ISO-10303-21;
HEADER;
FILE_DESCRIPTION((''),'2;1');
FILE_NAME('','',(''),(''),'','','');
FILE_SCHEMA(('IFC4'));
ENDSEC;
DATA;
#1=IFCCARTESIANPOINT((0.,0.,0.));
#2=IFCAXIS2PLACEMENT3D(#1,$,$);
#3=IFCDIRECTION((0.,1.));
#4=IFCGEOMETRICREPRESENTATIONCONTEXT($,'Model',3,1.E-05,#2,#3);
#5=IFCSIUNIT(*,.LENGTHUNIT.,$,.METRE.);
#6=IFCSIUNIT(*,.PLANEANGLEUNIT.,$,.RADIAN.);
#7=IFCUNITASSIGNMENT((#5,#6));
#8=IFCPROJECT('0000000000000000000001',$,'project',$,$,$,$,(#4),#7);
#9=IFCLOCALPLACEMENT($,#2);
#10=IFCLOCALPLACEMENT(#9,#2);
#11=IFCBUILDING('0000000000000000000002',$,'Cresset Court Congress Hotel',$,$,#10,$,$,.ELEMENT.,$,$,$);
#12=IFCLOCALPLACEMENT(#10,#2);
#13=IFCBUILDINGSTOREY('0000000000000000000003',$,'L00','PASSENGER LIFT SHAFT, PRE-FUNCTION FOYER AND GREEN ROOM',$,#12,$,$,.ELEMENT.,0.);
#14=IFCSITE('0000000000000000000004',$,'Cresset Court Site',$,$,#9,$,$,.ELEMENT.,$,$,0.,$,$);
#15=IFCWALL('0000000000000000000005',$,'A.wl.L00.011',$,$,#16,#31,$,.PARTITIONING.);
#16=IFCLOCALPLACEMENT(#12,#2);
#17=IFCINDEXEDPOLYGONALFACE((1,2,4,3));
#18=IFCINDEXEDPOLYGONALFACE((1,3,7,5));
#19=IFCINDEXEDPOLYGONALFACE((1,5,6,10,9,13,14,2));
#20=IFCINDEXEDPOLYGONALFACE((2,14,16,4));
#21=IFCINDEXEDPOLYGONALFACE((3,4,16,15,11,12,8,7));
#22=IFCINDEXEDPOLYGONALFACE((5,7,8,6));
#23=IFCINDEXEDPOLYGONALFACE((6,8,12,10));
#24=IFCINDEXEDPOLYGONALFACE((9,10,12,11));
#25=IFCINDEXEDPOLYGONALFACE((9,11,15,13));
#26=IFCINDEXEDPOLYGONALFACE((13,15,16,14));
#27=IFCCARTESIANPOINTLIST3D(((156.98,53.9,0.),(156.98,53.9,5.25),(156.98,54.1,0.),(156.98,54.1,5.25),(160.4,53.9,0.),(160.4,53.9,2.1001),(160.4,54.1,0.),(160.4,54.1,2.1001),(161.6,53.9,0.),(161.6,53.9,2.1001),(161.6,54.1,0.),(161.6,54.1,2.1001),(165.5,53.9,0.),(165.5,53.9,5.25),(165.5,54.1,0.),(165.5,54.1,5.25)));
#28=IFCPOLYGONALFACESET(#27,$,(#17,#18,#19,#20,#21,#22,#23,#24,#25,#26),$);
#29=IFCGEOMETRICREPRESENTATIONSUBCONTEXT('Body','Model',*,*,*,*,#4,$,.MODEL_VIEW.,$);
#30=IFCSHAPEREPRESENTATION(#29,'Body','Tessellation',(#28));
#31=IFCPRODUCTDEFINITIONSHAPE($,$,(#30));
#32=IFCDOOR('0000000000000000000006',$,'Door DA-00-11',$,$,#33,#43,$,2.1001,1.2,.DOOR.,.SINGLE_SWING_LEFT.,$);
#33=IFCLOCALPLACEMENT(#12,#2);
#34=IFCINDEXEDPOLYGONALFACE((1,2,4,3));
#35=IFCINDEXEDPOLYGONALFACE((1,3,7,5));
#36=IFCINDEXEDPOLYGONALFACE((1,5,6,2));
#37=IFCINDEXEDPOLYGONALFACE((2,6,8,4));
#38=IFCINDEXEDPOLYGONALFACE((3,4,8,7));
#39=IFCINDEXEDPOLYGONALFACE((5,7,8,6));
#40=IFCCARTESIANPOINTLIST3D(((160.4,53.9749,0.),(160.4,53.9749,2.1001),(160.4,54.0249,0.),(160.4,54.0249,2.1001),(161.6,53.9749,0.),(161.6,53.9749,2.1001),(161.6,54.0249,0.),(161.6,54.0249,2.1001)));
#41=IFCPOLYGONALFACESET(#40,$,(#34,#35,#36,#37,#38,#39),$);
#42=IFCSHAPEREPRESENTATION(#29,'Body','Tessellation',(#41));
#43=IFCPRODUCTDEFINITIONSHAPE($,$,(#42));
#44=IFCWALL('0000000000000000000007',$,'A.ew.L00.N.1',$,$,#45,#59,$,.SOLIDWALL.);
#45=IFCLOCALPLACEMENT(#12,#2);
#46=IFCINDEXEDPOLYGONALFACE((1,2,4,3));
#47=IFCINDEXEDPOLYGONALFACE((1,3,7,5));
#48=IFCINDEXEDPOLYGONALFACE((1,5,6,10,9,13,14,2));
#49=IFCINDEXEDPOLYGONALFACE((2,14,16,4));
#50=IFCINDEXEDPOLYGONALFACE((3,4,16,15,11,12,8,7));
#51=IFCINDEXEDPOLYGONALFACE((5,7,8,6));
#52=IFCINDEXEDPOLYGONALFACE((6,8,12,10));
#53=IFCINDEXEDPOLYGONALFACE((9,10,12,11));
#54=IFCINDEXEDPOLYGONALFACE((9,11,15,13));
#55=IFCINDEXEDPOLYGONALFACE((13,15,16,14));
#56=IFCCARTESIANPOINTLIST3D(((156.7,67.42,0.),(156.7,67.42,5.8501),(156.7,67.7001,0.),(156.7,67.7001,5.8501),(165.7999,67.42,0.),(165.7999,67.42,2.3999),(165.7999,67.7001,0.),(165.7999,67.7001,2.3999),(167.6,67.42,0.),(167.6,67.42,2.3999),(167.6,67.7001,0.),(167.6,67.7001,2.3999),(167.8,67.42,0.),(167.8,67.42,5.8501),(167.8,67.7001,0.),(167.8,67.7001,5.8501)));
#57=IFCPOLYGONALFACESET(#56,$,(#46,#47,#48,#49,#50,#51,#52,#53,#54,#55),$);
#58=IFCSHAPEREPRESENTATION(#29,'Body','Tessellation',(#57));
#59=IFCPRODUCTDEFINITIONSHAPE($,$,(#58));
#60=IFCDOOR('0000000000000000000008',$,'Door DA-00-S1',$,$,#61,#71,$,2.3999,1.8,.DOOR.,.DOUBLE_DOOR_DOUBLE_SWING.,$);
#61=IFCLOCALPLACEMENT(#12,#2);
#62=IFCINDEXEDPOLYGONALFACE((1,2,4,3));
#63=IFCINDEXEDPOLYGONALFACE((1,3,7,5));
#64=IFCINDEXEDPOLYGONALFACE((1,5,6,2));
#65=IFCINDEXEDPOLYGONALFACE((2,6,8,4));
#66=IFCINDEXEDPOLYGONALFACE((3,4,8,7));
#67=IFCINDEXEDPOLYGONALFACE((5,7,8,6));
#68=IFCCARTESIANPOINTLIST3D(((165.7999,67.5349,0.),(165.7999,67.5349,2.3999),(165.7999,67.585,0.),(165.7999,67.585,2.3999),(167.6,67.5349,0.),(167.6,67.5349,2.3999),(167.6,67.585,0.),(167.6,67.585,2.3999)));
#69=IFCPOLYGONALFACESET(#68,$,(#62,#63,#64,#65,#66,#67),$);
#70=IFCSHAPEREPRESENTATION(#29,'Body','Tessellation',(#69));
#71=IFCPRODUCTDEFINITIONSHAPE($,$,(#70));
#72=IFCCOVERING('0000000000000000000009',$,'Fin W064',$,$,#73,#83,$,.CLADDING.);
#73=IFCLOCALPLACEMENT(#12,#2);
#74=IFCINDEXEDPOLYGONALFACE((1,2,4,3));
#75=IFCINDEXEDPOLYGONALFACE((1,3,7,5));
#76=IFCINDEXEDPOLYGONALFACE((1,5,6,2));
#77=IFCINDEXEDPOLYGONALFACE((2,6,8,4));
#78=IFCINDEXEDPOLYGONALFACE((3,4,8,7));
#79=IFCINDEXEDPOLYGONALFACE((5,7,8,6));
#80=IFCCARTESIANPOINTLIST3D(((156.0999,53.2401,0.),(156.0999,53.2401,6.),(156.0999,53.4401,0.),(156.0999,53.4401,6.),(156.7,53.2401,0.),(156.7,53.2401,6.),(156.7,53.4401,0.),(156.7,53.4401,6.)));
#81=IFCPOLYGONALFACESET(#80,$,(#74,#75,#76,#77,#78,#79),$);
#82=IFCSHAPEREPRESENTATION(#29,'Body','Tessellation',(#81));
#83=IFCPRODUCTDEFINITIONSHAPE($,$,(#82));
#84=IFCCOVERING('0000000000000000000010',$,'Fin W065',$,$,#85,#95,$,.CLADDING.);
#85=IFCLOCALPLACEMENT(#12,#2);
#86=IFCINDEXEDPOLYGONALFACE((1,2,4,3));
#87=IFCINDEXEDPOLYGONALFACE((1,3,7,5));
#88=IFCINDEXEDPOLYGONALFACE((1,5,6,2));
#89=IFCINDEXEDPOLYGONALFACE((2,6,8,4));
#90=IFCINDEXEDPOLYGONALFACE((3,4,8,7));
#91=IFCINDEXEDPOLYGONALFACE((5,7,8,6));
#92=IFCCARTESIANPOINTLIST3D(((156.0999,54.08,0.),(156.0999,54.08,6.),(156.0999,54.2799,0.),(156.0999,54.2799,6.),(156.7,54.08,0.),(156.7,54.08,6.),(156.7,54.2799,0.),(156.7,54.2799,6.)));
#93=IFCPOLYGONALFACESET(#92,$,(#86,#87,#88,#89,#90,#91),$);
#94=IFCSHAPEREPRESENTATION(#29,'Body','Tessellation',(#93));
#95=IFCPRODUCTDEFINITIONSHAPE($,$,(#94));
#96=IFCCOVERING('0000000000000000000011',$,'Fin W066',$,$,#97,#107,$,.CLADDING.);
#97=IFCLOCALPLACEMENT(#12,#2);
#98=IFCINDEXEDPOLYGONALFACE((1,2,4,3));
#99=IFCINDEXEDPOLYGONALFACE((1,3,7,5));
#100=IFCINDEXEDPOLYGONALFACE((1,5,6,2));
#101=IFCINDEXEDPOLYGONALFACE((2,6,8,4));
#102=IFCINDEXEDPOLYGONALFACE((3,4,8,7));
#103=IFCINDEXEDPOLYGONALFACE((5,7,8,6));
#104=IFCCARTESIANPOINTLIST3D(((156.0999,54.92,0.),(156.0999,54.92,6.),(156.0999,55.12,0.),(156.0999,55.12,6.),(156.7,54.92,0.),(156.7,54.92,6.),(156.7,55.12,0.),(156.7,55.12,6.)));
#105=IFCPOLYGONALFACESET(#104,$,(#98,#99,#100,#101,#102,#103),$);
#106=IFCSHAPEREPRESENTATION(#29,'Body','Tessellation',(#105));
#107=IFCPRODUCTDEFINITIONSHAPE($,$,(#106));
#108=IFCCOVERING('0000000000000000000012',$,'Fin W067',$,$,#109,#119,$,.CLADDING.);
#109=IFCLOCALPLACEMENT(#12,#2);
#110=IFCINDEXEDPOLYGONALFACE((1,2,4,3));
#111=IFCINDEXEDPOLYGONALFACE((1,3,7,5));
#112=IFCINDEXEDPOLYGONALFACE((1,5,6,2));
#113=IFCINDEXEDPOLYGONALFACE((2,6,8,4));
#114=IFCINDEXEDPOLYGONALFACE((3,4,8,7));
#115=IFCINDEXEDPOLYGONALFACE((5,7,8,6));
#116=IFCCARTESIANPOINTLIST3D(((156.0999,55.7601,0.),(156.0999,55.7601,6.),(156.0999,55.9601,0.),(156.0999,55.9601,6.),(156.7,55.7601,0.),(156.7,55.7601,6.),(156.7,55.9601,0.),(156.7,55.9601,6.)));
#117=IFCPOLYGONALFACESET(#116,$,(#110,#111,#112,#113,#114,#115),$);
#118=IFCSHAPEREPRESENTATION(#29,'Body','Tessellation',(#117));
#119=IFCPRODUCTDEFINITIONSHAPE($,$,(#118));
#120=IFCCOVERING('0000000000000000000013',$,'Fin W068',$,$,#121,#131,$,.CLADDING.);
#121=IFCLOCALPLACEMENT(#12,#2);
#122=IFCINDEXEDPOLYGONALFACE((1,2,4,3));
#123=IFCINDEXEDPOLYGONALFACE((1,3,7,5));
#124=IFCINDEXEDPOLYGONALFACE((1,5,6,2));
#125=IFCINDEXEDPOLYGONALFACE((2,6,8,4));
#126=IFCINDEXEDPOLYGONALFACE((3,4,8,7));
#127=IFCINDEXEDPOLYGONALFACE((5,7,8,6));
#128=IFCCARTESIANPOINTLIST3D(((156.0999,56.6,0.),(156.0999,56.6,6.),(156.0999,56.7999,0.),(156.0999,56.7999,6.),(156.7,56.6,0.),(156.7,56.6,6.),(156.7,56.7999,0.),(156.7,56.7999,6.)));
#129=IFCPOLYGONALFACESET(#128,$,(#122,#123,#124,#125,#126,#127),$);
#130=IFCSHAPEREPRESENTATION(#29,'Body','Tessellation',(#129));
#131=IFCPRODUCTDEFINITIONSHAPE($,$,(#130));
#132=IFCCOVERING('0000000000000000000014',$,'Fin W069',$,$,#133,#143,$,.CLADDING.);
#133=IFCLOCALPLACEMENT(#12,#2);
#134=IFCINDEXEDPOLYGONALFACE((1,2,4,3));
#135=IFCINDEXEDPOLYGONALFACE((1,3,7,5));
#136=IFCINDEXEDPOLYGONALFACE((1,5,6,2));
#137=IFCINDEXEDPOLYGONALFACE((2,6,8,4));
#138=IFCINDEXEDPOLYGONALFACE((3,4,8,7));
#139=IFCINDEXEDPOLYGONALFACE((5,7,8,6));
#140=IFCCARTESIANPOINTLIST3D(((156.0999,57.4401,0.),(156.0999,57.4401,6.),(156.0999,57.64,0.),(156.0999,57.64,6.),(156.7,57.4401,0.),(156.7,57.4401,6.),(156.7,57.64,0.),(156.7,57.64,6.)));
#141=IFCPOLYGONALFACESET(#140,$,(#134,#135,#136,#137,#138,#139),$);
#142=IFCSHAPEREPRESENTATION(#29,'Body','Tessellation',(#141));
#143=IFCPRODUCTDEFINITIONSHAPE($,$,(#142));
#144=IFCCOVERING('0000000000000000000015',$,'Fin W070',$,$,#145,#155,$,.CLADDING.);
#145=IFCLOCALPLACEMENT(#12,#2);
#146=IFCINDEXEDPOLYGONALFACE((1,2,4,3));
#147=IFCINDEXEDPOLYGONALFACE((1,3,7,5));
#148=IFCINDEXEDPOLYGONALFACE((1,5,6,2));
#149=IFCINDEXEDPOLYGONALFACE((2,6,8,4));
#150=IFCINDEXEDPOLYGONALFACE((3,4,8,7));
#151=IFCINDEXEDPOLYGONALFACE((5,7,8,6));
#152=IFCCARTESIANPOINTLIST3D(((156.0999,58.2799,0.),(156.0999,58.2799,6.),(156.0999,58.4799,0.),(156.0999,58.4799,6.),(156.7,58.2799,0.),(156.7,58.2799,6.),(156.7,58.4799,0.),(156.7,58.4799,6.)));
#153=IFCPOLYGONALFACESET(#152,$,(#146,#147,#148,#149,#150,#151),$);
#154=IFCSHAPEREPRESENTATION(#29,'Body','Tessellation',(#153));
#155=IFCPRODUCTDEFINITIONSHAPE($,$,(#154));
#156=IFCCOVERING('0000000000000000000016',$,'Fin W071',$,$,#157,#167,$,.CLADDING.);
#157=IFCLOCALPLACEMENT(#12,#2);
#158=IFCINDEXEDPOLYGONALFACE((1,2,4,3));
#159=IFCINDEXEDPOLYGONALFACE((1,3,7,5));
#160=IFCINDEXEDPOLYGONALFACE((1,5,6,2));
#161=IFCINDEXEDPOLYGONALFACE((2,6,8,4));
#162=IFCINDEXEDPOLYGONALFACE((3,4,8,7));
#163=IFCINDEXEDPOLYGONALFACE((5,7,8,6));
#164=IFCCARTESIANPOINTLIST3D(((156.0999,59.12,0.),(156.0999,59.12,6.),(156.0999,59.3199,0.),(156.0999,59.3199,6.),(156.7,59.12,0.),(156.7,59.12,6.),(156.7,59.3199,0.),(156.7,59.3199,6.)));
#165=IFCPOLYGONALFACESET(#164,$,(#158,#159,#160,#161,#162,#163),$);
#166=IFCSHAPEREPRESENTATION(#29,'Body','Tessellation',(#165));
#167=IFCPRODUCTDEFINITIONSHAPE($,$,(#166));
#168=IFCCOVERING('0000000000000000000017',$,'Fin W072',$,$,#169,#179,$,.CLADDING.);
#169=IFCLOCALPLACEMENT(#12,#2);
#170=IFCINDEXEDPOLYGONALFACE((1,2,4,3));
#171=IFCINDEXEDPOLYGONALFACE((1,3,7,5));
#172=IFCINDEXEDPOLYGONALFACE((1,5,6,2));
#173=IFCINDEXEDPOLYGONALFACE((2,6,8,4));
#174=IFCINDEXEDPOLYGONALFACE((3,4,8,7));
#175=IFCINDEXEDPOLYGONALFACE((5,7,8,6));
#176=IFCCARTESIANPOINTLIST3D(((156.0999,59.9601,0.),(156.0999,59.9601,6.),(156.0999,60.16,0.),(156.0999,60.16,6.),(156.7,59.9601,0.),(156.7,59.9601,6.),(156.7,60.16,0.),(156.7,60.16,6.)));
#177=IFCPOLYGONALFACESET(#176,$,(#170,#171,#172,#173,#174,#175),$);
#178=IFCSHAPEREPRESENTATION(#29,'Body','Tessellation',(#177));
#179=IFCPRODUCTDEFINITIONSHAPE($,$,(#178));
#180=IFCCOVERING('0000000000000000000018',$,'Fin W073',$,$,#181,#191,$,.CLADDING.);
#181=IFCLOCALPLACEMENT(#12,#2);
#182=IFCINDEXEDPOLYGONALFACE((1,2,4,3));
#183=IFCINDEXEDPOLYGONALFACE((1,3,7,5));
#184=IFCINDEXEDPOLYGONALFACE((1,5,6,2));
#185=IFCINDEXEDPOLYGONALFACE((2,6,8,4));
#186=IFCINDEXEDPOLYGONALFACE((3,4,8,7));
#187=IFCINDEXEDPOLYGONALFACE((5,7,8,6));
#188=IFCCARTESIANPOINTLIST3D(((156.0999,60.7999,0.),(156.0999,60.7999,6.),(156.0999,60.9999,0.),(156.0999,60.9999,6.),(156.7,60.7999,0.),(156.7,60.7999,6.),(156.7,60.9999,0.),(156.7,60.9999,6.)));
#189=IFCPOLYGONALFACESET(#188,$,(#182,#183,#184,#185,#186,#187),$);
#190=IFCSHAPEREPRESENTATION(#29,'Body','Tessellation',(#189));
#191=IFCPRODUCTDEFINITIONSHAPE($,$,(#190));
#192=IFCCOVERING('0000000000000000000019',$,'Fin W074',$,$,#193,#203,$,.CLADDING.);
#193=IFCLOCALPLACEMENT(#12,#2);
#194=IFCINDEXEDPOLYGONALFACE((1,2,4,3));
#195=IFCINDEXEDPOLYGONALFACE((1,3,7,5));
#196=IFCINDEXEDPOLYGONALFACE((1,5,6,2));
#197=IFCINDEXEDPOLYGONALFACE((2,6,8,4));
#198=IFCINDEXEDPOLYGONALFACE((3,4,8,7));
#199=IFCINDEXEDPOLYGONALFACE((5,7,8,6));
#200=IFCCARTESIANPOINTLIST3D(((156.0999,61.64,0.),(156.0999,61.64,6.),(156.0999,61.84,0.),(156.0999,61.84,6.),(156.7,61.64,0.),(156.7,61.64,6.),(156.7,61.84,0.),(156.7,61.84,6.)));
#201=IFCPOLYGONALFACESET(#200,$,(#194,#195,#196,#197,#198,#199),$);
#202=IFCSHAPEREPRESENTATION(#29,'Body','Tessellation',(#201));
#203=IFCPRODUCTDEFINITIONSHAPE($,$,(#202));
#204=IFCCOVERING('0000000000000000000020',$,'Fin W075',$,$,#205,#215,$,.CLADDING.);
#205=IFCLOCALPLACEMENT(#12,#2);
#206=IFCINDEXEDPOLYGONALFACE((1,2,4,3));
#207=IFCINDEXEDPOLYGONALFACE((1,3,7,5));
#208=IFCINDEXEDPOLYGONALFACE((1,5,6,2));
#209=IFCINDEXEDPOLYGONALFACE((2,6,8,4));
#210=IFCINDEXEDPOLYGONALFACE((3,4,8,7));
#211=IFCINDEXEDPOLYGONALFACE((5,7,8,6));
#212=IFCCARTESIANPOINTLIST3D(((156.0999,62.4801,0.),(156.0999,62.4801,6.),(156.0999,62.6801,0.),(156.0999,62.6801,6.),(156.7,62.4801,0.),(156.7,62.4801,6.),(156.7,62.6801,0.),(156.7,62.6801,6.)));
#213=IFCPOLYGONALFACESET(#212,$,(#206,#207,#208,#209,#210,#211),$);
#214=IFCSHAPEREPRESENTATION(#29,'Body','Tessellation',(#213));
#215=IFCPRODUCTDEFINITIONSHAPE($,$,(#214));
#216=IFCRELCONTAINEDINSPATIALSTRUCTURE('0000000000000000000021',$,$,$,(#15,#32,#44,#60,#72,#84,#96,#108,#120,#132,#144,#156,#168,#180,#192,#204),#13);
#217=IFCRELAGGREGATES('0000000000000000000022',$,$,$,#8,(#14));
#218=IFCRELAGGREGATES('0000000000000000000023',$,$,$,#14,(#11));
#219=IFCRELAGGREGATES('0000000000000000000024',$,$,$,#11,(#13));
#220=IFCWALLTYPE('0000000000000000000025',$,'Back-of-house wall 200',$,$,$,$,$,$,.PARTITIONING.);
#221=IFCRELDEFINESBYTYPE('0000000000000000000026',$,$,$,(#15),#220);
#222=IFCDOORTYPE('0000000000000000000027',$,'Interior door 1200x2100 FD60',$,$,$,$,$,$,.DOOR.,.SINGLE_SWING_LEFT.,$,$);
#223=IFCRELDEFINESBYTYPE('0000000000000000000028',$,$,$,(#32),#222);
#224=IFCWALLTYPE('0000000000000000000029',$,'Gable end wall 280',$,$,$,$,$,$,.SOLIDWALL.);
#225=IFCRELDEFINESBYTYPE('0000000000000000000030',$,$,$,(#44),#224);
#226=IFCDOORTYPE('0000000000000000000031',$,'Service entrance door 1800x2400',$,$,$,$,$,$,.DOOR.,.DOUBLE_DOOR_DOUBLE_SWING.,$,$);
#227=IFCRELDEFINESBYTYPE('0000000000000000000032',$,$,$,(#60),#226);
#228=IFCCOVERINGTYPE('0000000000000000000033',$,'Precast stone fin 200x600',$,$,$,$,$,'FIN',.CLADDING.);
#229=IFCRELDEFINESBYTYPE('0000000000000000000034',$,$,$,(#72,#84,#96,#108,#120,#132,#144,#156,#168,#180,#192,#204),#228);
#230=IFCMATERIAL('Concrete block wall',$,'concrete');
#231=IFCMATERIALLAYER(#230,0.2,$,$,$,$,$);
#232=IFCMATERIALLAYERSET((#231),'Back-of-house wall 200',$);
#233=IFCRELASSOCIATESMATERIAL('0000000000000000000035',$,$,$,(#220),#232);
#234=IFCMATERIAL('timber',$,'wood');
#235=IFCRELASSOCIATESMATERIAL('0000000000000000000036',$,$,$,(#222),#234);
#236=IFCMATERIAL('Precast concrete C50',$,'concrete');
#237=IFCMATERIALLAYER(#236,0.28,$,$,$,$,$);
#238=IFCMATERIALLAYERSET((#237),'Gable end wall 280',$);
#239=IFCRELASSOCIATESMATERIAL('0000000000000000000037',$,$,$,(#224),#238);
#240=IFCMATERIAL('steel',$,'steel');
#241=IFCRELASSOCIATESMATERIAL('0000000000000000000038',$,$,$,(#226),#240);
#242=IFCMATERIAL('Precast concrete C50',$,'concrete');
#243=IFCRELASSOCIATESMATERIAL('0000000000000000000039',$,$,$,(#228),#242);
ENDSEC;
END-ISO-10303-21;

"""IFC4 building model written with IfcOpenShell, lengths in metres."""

from ifc_helpers import new_model, si_unit, direction, frame, frame_2d, origin, origin_2d, place, context, subcontext, project, spatial, rectangle, extrude, material, layer, layer_set, type_object, element, fill, save


model = new_model("IFC4")

# Units and contexts
model_context = context("Model", 3, precision=1e-05, world=origin(), true_north=direction((0.0, 1.0)))
body_context = subcontext(model_context, "Body", "Model", "MODEL_VIEW")
ifc_project = project(units=[si_unit("LENGTHUNIT", "METRE"), si_unit("PLANEANGLEUNIT", "RADIAN")], contexts=[model_context])

# Site, building, storey
site_placement = place(None, origin())
site = spatial("IfcSite", under=ifc_project, at=site_placement, Name="Cresset Court Site", CompositionType="ELEMENT", RefElevation=0.0)
building_placement = place(site_placement, origin())
building = spatial("IfcBuilding", under=site, at=building_placement, Name="Cresset Court Congress Hotel", CompositionType="ELEMENT")
storey_placement = place(building_placement, origin())
storey = spatial("IfcBuildingStorey", under=building, at=storey_placement, Name="L00", Description="PASSENGER LIFT SHAFT, PRE-FUNCTION FOYER AND GREEN ROOM", CompositionType="ELEMENT", Elevation=0.0)

# Walls, openings, doors
ifc_material_1 = material(Name="Concrete block wall", Category="concrete")
ifc_layer_1 = layer(ifc_material_1, 0.2)
ifc_layer_set_1 = layer_set([ifc_layer_1], Name="Back-of-house wall 200")
wall_type_1 = type_object("IfcWallType", Name="Back-of-house wall 200", PredefinedType="PARTITIONING", material=ifc_layer_set_1)
wall_1_placement = place(storey_placement, frame((156.98, 54.0, 0.0), z_axis=(0.0, 0.0, 1.0), x_axis=(1.0, 0.0, 0.0)))
wall_1 = element("IfcWall", 1, at=wall_1_placement, inside=storey, type_object=wall_type_1, Name="A.wl.L00.011", PredefinedType="PARTITIONING", context=body_context, shape_type="SweptSolid", body=[
    extrude(rectangle(XDim=8.52, YDim=0.2, at=frame_2d((4.26, 0.0))), origin(), (0.0, 0.0, 1.0), 5.25),
])
opening_1_placement = place(wall_1_placement, frame((3.4199, 0.0, 0.0)))
opening_1 = element("IfcOpeningElement", 2, at=opening_1_placement, cuts=wall_1, PredefinedType="OPENING", context=body_context, shape_type="SweptSolid", body=[
    extrude(rectangle(XDim=1.2, YDim=2.1001, at=frame_2d((0.6001, 1.05))), frame((0.0, 0.1099, 0.0), z_axis=(0.0, -1.0, 0.0), x_axis=(1.0, 0.0, 0.0)), (0.0, 0.0, 1.0), 0.22),
])
ifc_material_2 = material(Name="timber", Category="wood")
door_type_1 = type_object("IfcDoorType", Name="Interior door 1200x2100 FD60", OperationType="SINGLE_SWING_LEFT", PredefinedType="DOOR", material=ifc_material_2)
door_1_placement = place(opening_1_placement, origin())
door_1 = element("IfcDoor", 3, at=door_1_placement, inside=storey, type_object=door_type_1, Name="Door DA-00-11", OperationType="SINGLE_SWING_LEFT", OverallHeight=2.1001, OverallWidth=1.2, PredefinedType="DOOR", context=body_context, shape_type="SweptSolid", body=[
    extrude(rectangle(XDim=1.2, YDim=2.1001, at=frame_2d((0.6001, 1.05))), frame((0.0, 0.0249, 0.0), z_axis=(0.0, -1.0, 0.0), x_axis=(1.0, 0.0, 0.0)), (0.0, 0.0, 1.0), 0.05),
])
fill(opening_1, door_1)
ifc_material_3 = material(Name="Precast concrete C50", Category="concrete")
ifc_layer_2 = layer(ifc_material_3, 0.28)
ifc_layer_set_2 = layer_set([ifc_layer_2], Name="Gable end wall 280")
wall_type_2 = type_object("IfcWallType", Name="Gable end wall 280", PredefinedType="SOLIDWALL", material=ifc_layer_set_2)
wall_2_placement = place(storey_placement, frame((156.7, 67.5601, 0.0), z_axis=(0.0, 0.0, 1.0), x_axis=(1.0, 0.0, 0.0)))
wall_2 = element("IfcWall", 4, at=wall_2_placement, inside=storey, type_object=wall_type_2, Name="A.ew.L00.N.1", PredefinedType="SOLIDWALL", context=body_context, shape_type="SweptSolid", body=[
    extrude(rectangle(XDim=11.1001, YDim=0.28, at=frame_2d((5.55, 0.0))), origin(), (0.0, 0.0, 1.0), 5.8501),
])
opening_2_placement = place(wall_2_placement, frame((9.1001, 0.0, 0.0)))
opening_2 = element("IfcOpeningElement", 5, at=opening_2_placement, cuts=wall_2, PredefinedType="OPENING", context=body_context, shape_type="SweptSolid", body=[
    extrude(rectangle(XDim=1.8, YDim=2.3999, at=frame_2d((0.8999, 1.2))), frame((0.0, 0.1499, 0.0), z_axis=(0.0, -1.0, 0.0), x_axis=(1.0, 0.0, 0.0)), (0.0, 0.0, 1.0), 0.3),
])
ifc_material_4 = material(Name="steel", Category="steel")
door_type_2 = type_object("IfcDoorType", Name="Service entrance door 1800x2400", OperationType="DOUBLE_DOOR_DOUBLE_SWING", PredefinedType="DOOR", material=ifc_material_4)
door_2_placement = place(opening_2_placement, origin())
door_2 = element("IfcDoor", 6, at=door_2_placement, inside=storey, type_object=door_type_2, Name="Door DA-00-S1", OperationType="DOUBLE_DOOR_DOUBLE_SWING", OverallHeight=2.3999, OverallWidth=1.8, PredefinedType="DOOR", context=body_context, shape_type="SweptSolid", body=[
    extrude(rectangle(XDim=1.8, YDim=2.3999, at=frame_2d((0.8999, 1.2))), frame((0.0, 0.0249, 0.0), z_axis=(0.0, -1.0, 0.0), x_axis=(1.0, 0.0, 0.0)), (0.0, 0.0, 1.0), 0.05),
])
fill(opening_2, door_2)

# Coverings
ifc_material_5 = material(Name="Precast concrete C50", Category="concrete")
covering_type_1 = type_object("IfcCoveringType", Name="Precast stone fin 200x600", ElementType="FIN", PredefinedType="CLADDING", material=ifc_material_5)
for number, where, z_axis, x_axis, name in (
    (7, (156.3999, 53.3401, 0.0), (0.0, 0.0, 1.0), (1.0, 0.0, 0.0), "Fin W064"),
    (8, (156.3999, 54.1799, 0.0), (0.0, 0.0, 1.0), (1.0, 0.0, 0.0), "Fin W065"),
    (9, (156.3999, 55.02, 0.0), (0.0, 0.0, 1.0), (1.0, 0.0, 0.0), "Fin W066"),
    (10, (156.3999, 55.8601, 0.0), (0.0, 0.0, 1.0), (1.0, 0.0, 0.0), "Fin W067"),
    (11, (156.3999, 56.7, 0.0), (0.0, 0.0, 1.0), (1.0, 0.0, 0.0), "Fin W068"),
    (12, (156.3999, 57.54, 0.0), (0.0, 0.0, 1.0), (1.0, 0.0, 0.0), "Fin W069"),
    (13, (156.3999, 58.3799, 0.0), (0.0, 0.0, 1.0), (1.0, 0.0, 0.0), "Fin W070"),
    (14, (156.3999, 59.22, 0.0), (0.0, 0.0, 1.0), (1.0, 0.0, 0.0), "Fin W071"),
    (15, (156.3999, 60.0601, 0.0), (0.0, 0.0, 1.0), (1.0, 0.0, 0.0), "Fin W072"),
    (16, (156.3999, 60.8999, 0.0), (0.0, 0.0, 1.0), (1.0, 0.0, 0.0), "Fin W073"),
    (17, (156.3999, 61.74, 0.0), (0.0, 0.0, 1.0), (1.0, 0.0, 0.0), "Fin W074"),
    (18, (156.3999, 62.5801, 0.0), (0.0, 0.0, 1.0), (1.0, 0.0, 0.0), "Fin W075"),
):
    element("IfcCovering", number, at=place(storey_placement, frame(where, z_axis=z_axis, x_axis=x_axis)), inside=storey, type_object=covering_type_1, Name=name, PredefinedType="CLADDING", context=body_context, shape_type="SweptSolid", body=[
        extrude(rectangle(XDim=0.6001, YDim=0.2, at=origin_2d()), origin(), (0.0, 0.0, 1.0), 6.0),
    ])

save(model, "model.ifc")
